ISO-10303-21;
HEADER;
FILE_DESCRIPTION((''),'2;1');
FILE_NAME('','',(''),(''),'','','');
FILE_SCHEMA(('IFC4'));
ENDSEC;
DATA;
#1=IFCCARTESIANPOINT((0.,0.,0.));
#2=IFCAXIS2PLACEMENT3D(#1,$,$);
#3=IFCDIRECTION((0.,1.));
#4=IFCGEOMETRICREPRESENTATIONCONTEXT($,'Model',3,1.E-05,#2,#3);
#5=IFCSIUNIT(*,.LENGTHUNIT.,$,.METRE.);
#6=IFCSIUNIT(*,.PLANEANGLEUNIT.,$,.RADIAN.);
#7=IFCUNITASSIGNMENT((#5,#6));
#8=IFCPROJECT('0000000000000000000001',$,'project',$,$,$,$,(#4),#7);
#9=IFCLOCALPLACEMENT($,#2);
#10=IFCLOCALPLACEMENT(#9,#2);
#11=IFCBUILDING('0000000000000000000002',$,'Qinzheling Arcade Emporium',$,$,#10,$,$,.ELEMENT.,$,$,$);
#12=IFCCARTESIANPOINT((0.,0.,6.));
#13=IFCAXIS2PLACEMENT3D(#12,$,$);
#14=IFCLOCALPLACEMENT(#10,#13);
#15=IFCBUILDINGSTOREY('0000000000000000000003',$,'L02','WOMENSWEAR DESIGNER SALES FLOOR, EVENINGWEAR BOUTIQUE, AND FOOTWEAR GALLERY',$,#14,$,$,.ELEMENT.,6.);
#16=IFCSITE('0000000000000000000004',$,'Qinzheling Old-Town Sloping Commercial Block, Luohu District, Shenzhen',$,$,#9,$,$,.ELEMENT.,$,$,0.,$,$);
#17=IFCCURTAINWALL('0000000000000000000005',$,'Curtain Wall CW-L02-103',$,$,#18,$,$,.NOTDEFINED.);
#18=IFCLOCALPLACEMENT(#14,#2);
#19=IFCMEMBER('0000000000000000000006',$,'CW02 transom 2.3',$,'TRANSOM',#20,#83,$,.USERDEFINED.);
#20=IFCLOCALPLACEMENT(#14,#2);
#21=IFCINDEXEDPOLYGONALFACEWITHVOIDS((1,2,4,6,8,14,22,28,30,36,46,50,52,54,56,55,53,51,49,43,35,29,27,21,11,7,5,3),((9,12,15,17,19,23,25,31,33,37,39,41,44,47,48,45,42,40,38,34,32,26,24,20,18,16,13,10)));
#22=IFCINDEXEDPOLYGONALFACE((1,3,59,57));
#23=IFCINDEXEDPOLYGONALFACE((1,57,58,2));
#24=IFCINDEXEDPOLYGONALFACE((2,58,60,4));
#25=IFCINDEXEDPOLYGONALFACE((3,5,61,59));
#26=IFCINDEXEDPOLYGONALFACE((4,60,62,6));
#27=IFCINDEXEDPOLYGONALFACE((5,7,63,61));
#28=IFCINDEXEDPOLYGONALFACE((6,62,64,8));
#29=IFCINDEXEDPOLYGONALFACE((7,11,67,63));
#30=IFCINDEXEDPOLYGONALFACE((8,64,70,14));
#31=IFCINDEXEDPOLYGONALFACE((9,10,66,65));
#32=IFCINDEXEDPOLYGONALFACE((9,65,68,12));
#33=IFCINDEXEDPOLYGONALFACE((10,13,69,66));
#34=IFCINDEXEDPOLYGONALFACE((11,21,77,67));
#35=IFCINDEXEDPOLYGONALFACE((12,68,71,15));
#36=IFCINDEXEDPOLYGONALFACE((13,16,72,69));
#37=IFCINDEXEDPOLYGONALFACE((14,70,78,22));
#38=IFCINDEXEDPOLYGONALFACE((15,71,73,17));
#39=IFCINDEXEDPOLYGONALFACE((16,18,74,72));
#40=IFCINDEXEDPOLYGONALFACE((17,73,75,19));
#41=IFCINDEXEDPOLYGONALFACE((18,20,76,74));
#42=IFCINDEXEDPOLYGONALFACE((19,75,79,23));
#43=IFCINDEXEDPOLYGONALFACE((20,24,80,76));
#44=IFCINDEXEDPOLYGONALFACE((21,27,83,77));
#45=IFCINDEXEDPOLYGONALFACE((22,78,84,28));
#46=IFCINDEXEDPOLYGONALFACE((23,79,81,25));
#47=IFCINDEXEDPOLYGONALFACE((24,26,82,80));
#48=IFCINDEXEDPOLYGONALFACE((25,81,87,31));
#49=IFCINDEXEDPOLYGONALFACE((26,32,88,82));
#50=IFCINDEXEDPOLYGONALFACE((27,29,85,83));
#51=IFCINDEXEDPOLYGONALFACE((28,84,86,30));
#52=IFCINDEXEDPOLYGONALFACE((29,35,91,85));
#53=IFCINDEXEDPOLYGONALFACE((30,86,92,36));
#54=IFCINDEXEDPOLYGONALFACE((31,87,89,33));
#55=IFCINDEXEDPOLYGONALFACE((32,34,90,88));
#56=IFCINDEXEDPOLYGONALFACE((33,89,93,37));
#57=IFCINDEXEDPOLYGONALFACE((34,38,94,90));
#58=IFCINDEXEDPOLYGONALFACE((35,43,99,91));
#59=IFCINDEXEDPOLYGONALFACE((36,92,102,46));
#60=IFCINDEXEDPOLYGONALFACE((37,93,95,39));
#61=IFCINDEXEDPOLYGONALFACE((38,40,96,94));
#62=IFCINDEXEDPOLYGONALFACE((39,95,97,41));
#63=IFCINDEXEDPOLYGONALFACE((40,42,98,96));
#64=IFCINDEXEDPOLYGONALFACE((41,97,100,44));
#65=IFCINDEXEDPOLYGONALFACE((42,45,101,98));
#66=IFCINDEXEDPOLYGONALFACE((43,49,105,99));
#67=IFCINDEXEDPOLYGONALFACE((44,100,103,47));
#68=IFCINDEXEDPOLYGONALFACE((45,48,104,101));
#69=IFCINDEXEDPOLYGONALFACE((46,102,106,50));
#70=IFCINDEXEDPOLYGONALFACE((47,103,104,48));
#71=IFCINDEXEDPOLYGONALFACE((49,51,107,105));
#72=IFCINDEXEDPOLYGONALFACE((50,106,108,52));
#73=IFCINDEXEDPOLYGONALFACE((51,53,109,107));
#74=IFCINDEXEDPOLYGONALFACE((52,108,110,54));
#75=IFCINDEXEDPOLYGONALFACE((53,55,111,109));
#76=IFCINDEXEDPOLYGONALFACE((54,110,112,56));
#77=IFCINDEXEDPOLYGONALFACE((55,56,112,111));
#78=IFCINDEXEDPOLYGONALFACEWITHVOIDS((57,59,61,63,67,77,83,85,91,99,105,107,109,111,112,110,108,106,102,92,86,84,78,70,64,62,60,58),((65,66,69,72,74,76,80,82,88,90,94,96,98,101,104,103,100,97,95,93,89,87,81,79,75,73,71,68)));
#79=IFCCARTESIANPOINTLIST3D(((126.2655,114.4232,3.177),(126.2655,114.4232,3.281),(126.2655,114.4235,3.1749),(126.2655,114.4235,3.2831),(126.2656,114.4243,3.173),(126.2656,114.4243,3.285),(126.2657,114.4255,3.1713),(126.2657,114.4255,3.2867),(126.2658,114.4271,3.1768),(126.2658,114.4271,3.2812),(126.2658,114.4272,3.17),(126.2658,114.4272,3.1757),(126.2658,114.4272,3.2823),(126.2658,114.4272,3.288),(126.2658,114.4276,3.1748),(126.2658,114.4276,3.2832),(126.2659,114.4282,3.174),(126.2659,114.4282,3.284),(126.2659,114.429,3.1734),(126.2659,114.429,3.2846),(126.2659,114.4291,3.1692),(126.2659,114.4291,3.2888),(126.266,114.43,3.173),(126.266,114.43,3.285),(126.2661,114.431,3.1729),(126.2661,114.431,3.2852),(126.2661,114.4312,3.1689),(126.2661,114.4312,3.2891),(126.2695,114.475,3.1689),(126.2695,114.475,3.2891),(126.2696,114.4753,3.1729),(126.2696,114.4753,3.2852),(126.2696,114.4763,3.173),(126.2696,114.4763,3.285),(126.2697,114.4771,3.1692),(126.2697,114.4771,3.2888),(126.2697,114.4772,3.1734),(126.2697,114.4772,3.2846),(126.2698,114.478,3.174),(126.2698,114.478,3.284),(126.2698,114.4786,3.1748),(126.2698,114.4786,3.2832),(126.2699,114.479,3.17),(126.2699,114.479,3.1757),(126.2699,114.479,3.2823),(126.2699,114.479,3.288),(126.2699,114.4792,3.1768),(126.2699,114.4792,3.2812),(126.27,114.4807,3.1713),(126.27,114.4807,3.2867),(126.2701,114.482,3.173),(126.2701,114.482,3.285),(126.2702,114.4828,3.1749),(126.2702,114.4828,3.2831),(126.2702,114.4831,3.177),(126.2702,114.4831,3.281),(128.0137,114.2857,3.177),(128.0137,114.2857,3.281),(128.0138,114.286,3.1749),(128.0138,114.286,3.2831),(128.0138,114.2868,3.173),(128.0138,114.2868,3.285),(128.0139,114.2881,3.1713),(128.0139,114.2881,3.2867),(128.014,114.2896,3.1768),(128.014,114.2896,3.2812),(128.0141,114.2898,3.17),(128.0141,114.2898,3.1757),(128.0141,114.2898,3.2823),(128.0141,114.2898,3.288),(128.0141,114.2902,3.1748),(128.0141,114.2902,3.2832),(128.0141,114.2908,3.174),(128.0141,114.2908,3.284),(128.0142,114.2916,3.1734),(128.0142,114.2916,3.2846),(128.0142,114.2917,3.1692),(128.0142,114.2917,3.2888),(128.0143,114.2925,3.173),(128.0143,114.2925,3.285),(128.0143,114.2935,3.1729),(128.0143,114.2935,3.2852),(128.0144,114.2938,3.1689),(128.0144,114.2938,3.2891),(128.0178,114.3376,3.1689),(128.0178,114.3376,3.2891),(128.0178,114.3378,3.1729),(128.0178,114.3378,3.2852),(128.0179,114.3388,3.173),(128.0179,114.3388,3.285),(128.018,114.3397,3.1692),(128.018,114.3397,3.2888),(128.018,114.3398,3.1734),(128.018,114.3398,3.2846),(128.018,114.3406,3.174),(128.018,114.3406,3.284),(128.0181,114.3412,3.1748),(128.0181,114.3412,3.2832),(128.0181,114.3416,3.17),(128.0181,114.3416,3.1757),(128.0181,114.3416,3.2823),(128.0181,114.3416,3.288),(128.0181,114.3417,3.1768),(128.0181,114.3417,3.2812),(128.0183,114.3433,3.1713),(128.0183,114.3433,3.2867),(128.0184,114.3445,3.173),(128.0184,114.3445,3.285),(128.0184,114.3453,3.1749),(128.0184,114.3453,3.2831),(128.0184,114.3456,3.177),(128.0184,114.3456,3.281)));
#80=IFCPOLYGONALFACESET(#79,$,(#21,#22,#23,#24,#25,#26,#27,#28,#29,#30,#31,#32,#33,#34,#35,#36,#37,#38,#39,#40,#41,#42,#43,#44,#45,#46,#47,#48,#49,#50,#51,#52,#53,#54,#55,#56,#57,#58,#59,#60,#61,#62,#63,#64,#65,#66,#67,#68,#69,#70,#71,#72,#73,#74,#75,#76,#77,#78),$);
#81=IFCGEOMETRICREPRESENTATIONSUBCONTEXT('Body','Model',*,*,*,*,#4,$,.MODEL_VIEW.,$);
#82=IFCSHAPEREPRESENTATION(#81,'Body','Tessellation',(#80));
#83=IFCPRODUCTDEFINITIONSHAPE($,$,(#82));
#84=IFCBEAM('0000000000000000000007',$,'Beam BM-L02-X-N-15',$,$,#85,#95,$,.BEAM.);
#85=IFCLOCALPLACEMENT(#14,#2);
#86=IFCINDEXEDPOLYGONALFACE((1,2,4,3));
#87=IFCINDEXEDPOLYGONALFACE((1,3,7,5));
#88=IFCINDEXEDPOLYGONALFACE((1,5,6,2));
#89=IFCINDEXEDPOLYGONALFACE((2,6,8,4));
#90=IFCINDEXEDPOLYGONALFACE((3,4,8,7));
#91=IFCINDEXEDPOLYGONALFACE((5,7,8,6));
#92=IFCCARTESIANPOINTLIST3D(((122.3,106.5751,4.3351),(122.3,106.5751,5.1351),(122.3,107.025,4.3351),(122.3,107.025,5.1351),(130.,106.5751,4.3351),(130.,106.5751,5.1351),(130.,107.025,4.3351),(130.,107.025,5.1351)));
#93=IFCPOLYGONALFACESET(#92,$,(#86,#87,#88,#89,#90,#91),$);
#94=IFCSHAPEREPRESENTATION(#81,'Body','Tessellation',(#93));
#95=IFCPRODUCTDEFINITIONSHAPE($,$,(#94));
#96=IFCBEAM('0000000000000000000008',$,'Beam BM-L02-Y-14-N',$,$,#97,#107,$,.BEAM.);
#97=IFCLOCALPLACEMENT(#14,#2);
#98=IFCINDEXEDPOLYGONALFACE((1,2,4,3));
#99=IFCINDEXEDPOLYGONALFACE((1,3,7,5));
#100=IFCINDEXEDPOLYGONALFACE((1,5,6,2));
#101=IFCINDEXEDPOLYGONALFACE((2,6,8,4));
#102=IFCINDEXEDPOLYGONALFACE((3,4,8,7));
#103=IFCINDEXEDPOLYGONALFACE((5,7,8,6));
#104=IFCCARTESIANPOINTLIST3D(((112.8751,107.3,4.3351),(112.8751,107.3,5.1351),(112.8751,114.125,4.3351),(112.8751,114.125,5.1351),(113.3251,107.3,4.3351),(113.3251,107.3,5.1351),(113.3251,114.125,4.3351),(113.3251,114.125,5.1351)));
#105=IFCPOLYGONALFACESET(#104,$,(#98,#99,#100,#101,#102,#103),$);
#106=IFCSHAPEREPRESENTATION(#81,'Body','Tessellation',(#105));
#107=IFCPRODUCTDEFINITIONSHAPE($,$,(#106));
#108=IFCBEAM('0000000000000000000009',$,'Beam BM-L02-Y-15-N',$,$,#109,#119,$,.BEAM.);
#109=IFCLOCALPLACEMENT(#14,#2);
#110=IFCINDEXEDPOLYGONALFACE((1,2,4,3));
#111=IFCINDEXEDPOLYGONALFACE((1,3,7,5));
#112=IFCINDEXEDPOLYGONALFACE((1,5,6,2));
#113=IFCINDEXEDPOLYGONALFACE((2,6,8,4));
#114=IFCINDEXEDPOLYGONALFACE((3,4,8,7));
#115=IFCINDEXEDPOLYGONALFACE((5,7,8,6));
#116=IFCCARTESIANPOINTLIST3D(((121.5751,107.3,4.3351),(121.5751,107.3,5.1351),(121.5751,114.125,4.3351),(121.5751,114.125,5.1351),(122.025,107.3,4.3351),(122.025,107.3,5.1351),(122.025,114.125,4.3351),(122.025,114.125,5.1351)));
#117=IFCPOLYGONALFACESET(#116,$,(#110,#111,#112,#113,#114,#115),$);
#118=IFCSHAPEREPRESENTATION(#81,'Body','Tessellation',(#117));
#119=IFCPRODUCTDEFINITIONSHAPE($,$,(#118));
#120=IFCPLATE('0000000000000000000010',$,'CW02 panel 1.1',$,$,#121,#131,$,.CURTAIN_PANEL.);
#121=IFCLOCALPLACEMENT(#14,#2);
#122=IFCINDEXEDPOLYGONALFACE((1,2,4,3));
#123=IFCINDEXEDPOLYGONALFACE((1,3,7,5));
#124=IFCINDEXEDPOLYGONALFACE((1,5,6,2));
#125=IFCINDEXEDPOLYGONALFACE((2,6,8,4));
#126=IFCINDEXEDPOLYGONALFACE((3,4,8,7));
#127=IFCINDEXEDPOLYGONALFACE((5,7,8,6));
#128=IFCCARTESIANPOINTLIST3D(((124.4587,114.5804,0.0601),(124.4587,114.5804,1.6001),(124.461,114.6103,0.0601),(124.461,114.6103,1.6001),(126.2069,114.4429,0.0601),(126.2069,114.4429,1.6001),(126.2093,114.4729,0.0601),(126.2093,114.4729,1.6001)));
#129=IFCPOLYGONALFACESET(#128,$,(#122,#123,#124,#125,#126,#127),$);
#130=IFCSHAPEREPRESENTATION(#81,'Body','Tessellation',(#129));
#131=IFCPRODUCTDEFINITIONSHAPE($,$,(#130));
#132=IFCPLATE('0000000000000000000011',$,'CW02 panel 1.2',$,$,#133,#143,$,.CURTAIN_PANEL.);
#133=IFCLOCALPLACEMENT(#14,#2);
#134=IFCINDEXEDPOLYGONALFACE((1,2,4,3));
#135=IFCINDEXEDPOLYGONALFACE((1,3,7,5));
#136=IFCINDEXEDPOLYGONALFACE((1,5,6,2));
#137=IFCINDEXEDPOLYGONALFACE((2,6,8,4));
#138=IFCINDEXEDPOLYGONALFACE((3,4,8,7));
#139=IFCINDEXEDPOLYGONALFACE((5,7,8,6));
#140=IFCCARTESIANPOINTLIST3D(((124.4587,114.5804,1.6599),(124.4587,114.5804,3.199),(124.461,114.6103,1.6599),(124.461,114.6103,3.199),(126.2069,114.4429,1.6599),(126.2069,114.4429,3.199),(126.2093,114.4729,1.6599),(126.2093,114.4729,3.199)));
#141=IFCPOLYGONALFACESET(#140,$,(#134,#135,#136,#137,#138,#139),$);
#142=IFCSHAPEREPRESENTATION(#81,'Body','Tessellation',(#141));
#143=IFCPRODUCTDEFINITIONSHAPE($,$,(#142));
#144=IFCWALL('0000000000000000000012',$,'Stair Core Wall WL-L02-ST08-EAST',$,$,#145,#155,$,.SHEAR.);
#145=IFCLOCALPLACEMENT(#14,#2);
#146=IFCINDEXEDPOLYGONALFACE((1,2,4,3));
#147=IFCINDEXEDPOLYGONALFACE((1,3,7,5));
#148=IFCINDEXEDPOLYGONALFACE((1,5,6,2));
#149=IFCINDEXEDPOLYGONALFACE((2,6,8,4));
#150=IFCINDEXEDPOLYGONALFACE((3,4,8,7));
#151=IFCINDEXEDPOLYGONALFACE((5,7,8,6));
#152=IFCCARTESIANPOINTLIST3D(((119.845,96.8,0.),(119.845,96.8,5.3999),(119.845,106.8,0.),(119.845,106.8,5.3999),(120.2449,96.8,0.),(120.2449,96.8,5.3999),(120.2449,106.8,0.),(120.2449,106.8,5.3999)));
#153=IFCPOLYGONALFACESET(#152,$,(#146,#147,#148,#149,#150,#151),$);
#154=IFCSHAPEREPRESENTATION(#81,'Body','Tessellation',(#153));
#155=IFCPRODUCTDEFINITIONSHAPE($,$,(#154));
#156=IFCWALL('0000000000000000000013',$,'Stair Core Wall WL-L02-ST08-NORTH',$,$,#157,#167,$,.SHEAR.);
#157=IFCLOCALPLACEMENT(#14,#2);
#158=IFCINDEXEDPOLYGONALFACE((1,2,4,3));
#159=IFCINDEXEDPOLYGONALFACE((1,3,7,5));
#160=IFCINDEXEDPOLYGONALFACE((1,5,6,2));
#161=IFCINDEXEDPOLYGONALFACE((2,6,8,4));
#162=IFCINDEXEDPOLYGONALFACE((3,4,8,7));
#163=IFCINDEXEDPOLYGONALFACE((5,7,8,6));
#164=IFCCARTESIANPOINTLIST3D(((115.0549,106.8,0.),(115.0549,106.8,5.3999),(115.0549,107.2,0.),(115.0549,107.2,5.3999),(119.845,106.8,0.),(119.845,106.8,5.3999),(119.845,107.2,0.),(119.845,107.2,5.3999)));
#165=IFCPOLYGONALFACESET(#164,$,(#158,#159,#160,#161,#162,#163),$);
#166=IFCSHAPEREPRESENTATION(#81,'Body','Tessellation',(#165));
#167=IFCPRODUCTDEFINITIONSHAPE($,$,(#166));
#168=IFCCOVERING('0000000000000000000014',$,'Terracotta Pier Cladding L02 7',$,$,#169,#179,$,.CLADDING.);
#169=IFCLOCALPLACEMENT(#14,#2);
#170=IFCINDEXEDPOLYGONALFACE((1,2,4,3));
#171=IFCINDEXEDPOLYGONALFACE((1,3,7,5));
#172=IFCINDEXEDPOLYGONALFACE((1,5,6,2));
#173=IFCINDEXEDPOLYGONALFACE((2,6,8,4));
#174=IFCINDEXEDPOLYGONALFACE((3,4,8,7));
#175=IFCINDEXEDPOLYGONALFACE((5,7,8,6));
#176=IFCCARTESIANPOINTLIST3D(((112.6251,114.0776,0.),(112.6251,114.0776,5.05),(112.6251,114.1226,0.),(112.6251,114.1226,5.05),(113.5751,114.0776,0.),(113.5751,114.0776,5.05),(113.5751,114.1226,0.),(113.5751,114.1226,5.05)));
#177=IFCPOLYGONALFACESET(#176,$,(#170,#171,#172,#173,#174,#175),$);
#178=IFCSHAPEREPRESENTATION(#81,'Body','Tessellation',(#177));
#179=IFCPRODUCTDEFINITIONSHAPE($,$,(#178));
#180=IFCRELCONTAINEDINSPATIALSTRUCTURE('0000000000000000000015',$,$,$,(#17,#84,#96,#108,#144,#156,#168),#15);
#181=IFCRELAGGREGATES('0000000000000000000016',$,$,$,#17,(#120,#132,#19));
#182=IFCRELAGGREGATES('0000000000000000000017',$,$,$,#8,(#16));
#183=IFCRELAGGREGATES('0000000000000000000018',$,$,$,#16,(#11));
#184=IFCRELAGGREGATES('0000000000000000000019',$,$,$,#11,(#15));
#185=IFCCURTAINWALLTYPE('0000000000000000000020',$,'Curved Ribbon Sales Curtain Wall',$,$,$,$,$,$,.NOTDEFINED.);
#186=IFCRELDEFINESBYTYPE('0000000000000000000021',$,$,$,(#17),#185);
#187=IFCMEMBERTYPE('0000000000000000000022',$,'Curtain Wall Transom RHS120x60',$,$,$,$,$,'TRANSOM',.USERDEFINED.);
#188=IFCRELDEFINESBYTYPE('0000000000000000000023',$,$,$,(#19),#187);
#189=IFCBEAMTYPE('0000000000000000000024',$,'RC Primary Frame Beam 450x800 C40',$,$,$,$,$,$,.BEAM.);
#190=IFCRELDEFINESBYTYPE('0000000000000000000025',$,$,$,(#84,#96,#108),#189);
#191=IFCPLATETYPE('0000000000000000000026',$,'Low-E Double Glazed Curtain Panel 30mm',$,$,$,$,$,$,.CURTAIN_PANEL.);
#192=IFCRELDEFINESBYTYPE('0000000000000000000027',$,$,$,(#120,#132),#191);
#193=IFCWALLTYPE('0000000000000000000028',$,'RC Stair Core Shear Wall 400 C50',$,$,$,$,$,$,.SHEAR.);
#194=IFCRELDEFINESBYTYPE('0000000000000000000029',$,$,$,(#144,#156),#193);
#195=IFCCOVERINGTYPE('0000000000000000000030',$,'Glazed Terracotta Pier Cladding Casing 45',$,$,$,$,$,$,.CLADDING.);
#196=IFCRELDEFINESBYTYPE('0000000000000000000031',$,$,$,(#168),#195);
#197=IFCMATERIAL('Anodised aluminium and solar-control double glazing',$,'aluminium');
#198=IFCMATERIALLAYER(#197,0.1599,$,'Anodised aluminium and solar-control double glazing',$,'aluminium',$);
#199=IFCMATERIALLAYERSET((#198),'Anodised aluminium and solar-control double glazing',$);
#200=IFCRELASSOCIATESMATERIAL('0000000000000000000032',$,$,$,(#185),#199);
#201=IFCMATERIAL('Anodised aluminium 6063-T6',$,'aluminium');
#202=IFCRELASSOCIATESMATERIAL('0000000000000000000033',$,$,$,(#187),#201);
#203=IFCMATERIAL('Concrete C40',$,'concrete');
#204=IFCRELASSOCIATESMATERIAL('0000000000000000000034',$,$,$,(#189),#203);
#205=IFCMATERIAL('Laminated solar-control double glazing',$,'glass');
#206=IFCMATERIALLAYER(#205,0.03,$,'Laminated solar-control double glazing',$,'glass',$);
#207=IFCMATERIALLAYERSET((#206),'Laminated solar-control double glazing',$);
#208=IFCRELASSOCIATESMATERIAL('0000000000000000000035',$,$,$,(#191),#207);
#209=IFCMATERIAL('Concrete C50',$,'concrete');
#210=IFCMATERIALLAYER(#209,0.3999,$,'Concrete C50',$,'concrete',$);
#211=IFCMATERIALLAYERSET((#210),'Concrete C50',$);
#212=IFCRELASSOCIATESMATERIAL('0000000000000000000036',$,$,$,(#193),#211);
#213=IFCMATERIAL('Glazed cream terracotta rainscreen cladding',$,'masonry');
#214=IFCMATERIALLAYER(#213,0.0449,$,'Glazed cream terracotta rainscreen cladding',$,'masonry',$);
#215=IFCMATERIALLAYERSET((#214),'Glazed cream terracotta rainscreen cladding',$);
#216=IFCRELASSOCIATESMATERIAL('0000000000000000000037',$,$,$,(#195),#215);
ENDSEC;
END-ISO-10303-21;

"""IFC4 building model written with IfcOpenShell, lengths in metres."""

from ifc_helpers import new_model, si_unit, direction, frame, frame_2d, origin, origin_2d, place, context, subcontext, project, spatial, rectangle, hollow_rectangle, extrude, material, layer, layer_set, material_profile, profile_set, type_object, element, aggregate, save


model = new_model("IFC4")

# Units and contexts
model_context = context("Model", 3, precision=1e-05, world=origin(), true_north=direction((0.0, 1.0)))
body_context = subcontext(model_context, "Body", "Model", "MODEL_VIEW")
ifc_project = project(units=[si_unit("LENGTHUNIT", "METRE"), si_unit("PLANEANGLEUNIT", "RADIAN")], contexts=[model_context])

# Site, building, storey
site_placement = place(None, origin())
site = spatial("IfcSite", under=ifc_project, at=site_placement, Name="Qinzheling Old-Town Sloping Commercial Block, Luohu District, Shenzhen", CompositionType="ELEMENT", RefElevation=0.0)
building_placement = place(site_placement, origin())
building = spatial("IfcBuilding", under=site, at=building_placement, Name="Qinzheling Arcade Emporium", CompositionType="ELEMENT")
storey_placement = place(building_placement, frame((0.0, 0.0, 6.0)))
storey = spatial("IfcBuildingStorey", under=building, at=storey_placement, Name="L02", Description="WOMENSWEAR DESIGNER SALES FLOOR, EVENINGWEAR BOUTIQUE, AND FOOTWEAR GALLERY", CompositionType="ELEMENT", Elevation=6.0)

# Shared definitions
ifc_material_1 = material(Name="Concrete C50", Category="concrete")

# Curtain wall, member
ifc_material_2 = material(Name="Anodised aluminium and solar-control double glazing", Category="aluminium")
ifc_layer_1 = layer(ifc_material_2, 0.1599, Name="Anodised aluminium and solar-control double glazing", Category="aluminium")
ifc_layer_set_1 = layer_set([ifc_layer_1], Name="Anodised aluminium and solar-control double glazing")
curtain_wall_type = type_object("IfcCurtainWallType", Name="Curved Ribbon Sales Curtain Wall", PredefinedType="NOTDEFINED", material=ifc_layer_set_1)
curtain_wall_placement = place(storey_placement, origin())
curtain_wall = element("IfcCurtainWall", 1, at=curtain_wall_placement, inside=storey, type_object=curtain_wall_type, Name="Curtain Wall CW-L02-103", PredefinedType="NOTDEFINED")
ifc_material_3 = material(Name="Anodised aluminium 6063-T6", Category="aluminium")
ifc_material_profile_1 = material_profile(ifc_material_3, hollow_rectangle(XDim=0.0601, YDim=0.1201, WallThickness=0.0039, InnerFilletRadius=0.0039, OuterFilletRadius=0.0081, at=origin_2d()), Name="RHS 120x60x4", Category="aluminium")
ifc_profile_set_1 = profile_set([ifc_material_profile_1], Name="Anodised aluminium 6063-T6")
member_type_1 = type_object("IfcMemberType", Name="Curtain Wall Transom RHS120x60", ElementType="TRANSOM", PredefinedType="USERDEFINED", material=ifc_profile_set_1)
member_1_placement = place(storey_placement, frame((126.2678, 114.4531, 3.229), z_axis=(0.996924, -0.078378, 0.0), x_axis=(0.078378, 0.996924, 0.0)))
member_1 = element("IfcMember", 2, at=member_1_placement, type_object=member_type_1, Name="CW02 transom 2.3", ObjectType="TRANSOM", PredefinedType="USERDEFINED", context=body_context, shape_type="SweptSolid", body=[
    extrude(hollow_rectangle(XDim=0.0601, YDim=0.1201, WallThickness=0.0039, InnerFilletRadius=0.0039, OuterFilletRadius=0.0081, at=origin_2d()), origin(), (0.0, 0.0, 1.0), 1.7537),
])

# Beams
ifc_material_4 = material(Name="Concrete C40", Category="concrete")
ifc_material_profile_2 = material_profile(ifc_material_4, rectangle(XDim=0.45, YDim=0.8, at=origin_2d()), Name="RC 450x800", Category="concrete")
ifc_profile_set_2 = profile_set([ifc_material_profile_2], Name="Concrete C40")
beam_type_1 = type_object("IfcBeamType", Name="RC Primary Frame Beam 450x800 C40", PredefinedType="BEAM", material=ifc_profile_set_2)
beam_1_placement = place(storey_placement, frame((122.3, 106.8, 4.7351), z_axis=(1.0, 0.0, 0.0), x_axis=(0.0, 1.0, 0.0)))
element("IfcBeam", 3, at=beam_1_placement, inside=storey, type_object=beam_type_1, Name="Beam BM-L02-X-N-15", PredefinedType="BEAM", context=body_context, shape_type="SweptSolid", body=[
    extrude(rectangle(XDim=0.45, YDim=0.8, at=origin_2d()), origin(), (0.0, 0.0, 1.0), 7.7),
])
for number, where, z_axis, x_axis, name in (
    (4, (113.1001, 107.3, 4.7351), (0.0, 1.0, 0.0), (-1.0, 0.0, 0.0), "Beam BM-L02-Y-14-N"),
    (5, (121.8, 107.3, 4.7351), (0.0, 1.0, 0.0), (-1.0, 0.0, 0.0), "Beam BM-L02-Y-15-N"),
):
    element("IfcBeam", number, at=place(storey_placement, frame(where, z_axis=z_axis, x_axis=x_axis)), inside=storey, type_object=beam_type_1, Name=name, PredefinedType="BEAM", context=body_context, shape_type="SweptSolid", body=[
        extrude(rectangle(XDim=0.45, YDim=0.8, at=origin_2d()), origin(), (0.0, 0.0, 1.0), 6.825),
    ])

# Plates
ifc_material_5 = material(Name="Laminated solar-control double glazing", Category="glass")
ifc_layer_2 = layer(ifc_material_5, 0.03, Name="Laminated solar-control double glazing", Category="glass")
ifc_layer_set_2 = layer_set([ifc_layer_2], Name="Laminated solar-control double glazing")
plate_type = type_object("IfcPlateType", Name="Low-E Double Glazed Curtain Panel 30mm", PredefinedType="CURTAIN_PANEL", material=ifc_layer_set_2)
plate_1_placement = place(storey_placement, frame((125.334, 114.5266, 0.0601), z_axis=(0.0, 0.0, 1.0), x_axis=(0.996924, -0.078376, 0.0)))
plate_1 = element("IfcPlate", 6, at=plate_1_placement, type_object=plate_type, Name="CW02 panel 1.1", PredefinedType="CURTAIN_PANEL", context=body_context, shape_type="SweptSolid", body=[
    extrude(rectangle(XDim=1.7537, YDim=0.03, at=origin_2d()), origin(), (0.0, 0.0, 1.0), 1.54),
])
plate_2_placement = place(storey_placement, frame((125.334, 114.5266, 1.6599), z_axis=(0.0, 0.0, 1.0), x_axis=(0.996924, -0.078376, 0.0)))
plate_2 = element("IfcPlate", 7, at=plate_2_placement, type_object=plate_type, Name="CW02 panel 1.2", PredefinedType="CURTAIN_PANEL", context=body_context, shape_type="SweptSolid", body=[
    extrude(rectangle(XDim=1.7537, YDim=0.03, at=origin_2d()), origin(), (0.0, 0.0, 1.0), 1.5391),
])
aggregate(curtain_wall, [plate_1, plate_2, member_1])

# Walls
ifc_layer_3 = layer(ifc_material_1, 0.3999, Name="Concrete C50", Category="concrete")
ifc_layer_set_3 = layer_set([ifc_layer_3], Name="Concrete C50")
wall_type = type_object("IfcWallType", Name="RC Stair Core Shear Wall 400 C50", PredefinedType="SHEAR", material=ifc_layer_set_3)
wall_1_placement = place(storey_placement, frame((120.0449, 106.8, 0.0), z_axis=(0.0, 0.0, 1.0), x_axis=(0.0, -1.0, 0.0)))
element("IfcWall", 8, at=wall_1_placement, inside=storey, type_object=wall_type, Name="Stair Core Wall WL-L02-ST08-EAST", PredefinedType="SHEAR", context=body_context, shape_type="SweptSolid", body=[
    extrude(rectangle(XDim=10.0, YDim=0.3999, at=frame_2d((5.0, 0.0))), origin(), (0.0, 0.0, 1.0), 5.3999),
])
wall_2_placement = place(storey_placement, frame((115.0549, 107.0, 0.0), z_axis=(0.0, 0.0, 1.0), x_axis=(1.0, 0.0, 0.0)))
element("IfcWall", 9, at=wall_2_placement, inside=storey, type_object=wall_type, Name="Stair Core Wall WL-L02-ST08-NORTH", PredefinedType="SHEAR", context=body_context, shape_type="SweptSolid", body=[
    extrude(rectangle(XDim=4.79, YDim=0.3999, at=frame_2d((2.395, 0.0))), origin(), (0.0, 0.0, 1.0), 5.3999),
])

# Covering
ifc_material_6 = material(Name="Glazed cream terracotta rainscreen cladding", Category="masonry")
ifc_layer_4 = layer(ifc_material_6, 0.0449, Name="Glazed cream terracotta rainscreen cladding", Category="masonry")
ifc_layer_set_4 = layer_set([ifc_layer_4], Name="Glazed cream terracotta rainscreen cladding")
covering_type = type_object("IfcCoveringType", Name="Glazed Terracotta Pier Cladding Casing 45", PredefinedType="CLADDING", material=ifc_layer_set_4)
covering_placement = place(storey_placement, frame((113.1001, 114.1001, 0.0), z_axis=(0.0, 0.0, 1.0), x_axis=(1.0, 0.0, 0.0)))
element("IfcCovering", 10, at=covering_placement, inside=storey, type_object=covering_type, Name="Terracotta Pier Cladding L02 7", PredefinedType="CLADDING", context=body_context, shape_type="SweptSolid", body=[
    extrude(rectangle(XDim=0.95, YDim=0.0449, at=origin_2d()), origin(), (0.0, 0.0, 1.0), 5.05),
])

save(model, "model.ifc")
